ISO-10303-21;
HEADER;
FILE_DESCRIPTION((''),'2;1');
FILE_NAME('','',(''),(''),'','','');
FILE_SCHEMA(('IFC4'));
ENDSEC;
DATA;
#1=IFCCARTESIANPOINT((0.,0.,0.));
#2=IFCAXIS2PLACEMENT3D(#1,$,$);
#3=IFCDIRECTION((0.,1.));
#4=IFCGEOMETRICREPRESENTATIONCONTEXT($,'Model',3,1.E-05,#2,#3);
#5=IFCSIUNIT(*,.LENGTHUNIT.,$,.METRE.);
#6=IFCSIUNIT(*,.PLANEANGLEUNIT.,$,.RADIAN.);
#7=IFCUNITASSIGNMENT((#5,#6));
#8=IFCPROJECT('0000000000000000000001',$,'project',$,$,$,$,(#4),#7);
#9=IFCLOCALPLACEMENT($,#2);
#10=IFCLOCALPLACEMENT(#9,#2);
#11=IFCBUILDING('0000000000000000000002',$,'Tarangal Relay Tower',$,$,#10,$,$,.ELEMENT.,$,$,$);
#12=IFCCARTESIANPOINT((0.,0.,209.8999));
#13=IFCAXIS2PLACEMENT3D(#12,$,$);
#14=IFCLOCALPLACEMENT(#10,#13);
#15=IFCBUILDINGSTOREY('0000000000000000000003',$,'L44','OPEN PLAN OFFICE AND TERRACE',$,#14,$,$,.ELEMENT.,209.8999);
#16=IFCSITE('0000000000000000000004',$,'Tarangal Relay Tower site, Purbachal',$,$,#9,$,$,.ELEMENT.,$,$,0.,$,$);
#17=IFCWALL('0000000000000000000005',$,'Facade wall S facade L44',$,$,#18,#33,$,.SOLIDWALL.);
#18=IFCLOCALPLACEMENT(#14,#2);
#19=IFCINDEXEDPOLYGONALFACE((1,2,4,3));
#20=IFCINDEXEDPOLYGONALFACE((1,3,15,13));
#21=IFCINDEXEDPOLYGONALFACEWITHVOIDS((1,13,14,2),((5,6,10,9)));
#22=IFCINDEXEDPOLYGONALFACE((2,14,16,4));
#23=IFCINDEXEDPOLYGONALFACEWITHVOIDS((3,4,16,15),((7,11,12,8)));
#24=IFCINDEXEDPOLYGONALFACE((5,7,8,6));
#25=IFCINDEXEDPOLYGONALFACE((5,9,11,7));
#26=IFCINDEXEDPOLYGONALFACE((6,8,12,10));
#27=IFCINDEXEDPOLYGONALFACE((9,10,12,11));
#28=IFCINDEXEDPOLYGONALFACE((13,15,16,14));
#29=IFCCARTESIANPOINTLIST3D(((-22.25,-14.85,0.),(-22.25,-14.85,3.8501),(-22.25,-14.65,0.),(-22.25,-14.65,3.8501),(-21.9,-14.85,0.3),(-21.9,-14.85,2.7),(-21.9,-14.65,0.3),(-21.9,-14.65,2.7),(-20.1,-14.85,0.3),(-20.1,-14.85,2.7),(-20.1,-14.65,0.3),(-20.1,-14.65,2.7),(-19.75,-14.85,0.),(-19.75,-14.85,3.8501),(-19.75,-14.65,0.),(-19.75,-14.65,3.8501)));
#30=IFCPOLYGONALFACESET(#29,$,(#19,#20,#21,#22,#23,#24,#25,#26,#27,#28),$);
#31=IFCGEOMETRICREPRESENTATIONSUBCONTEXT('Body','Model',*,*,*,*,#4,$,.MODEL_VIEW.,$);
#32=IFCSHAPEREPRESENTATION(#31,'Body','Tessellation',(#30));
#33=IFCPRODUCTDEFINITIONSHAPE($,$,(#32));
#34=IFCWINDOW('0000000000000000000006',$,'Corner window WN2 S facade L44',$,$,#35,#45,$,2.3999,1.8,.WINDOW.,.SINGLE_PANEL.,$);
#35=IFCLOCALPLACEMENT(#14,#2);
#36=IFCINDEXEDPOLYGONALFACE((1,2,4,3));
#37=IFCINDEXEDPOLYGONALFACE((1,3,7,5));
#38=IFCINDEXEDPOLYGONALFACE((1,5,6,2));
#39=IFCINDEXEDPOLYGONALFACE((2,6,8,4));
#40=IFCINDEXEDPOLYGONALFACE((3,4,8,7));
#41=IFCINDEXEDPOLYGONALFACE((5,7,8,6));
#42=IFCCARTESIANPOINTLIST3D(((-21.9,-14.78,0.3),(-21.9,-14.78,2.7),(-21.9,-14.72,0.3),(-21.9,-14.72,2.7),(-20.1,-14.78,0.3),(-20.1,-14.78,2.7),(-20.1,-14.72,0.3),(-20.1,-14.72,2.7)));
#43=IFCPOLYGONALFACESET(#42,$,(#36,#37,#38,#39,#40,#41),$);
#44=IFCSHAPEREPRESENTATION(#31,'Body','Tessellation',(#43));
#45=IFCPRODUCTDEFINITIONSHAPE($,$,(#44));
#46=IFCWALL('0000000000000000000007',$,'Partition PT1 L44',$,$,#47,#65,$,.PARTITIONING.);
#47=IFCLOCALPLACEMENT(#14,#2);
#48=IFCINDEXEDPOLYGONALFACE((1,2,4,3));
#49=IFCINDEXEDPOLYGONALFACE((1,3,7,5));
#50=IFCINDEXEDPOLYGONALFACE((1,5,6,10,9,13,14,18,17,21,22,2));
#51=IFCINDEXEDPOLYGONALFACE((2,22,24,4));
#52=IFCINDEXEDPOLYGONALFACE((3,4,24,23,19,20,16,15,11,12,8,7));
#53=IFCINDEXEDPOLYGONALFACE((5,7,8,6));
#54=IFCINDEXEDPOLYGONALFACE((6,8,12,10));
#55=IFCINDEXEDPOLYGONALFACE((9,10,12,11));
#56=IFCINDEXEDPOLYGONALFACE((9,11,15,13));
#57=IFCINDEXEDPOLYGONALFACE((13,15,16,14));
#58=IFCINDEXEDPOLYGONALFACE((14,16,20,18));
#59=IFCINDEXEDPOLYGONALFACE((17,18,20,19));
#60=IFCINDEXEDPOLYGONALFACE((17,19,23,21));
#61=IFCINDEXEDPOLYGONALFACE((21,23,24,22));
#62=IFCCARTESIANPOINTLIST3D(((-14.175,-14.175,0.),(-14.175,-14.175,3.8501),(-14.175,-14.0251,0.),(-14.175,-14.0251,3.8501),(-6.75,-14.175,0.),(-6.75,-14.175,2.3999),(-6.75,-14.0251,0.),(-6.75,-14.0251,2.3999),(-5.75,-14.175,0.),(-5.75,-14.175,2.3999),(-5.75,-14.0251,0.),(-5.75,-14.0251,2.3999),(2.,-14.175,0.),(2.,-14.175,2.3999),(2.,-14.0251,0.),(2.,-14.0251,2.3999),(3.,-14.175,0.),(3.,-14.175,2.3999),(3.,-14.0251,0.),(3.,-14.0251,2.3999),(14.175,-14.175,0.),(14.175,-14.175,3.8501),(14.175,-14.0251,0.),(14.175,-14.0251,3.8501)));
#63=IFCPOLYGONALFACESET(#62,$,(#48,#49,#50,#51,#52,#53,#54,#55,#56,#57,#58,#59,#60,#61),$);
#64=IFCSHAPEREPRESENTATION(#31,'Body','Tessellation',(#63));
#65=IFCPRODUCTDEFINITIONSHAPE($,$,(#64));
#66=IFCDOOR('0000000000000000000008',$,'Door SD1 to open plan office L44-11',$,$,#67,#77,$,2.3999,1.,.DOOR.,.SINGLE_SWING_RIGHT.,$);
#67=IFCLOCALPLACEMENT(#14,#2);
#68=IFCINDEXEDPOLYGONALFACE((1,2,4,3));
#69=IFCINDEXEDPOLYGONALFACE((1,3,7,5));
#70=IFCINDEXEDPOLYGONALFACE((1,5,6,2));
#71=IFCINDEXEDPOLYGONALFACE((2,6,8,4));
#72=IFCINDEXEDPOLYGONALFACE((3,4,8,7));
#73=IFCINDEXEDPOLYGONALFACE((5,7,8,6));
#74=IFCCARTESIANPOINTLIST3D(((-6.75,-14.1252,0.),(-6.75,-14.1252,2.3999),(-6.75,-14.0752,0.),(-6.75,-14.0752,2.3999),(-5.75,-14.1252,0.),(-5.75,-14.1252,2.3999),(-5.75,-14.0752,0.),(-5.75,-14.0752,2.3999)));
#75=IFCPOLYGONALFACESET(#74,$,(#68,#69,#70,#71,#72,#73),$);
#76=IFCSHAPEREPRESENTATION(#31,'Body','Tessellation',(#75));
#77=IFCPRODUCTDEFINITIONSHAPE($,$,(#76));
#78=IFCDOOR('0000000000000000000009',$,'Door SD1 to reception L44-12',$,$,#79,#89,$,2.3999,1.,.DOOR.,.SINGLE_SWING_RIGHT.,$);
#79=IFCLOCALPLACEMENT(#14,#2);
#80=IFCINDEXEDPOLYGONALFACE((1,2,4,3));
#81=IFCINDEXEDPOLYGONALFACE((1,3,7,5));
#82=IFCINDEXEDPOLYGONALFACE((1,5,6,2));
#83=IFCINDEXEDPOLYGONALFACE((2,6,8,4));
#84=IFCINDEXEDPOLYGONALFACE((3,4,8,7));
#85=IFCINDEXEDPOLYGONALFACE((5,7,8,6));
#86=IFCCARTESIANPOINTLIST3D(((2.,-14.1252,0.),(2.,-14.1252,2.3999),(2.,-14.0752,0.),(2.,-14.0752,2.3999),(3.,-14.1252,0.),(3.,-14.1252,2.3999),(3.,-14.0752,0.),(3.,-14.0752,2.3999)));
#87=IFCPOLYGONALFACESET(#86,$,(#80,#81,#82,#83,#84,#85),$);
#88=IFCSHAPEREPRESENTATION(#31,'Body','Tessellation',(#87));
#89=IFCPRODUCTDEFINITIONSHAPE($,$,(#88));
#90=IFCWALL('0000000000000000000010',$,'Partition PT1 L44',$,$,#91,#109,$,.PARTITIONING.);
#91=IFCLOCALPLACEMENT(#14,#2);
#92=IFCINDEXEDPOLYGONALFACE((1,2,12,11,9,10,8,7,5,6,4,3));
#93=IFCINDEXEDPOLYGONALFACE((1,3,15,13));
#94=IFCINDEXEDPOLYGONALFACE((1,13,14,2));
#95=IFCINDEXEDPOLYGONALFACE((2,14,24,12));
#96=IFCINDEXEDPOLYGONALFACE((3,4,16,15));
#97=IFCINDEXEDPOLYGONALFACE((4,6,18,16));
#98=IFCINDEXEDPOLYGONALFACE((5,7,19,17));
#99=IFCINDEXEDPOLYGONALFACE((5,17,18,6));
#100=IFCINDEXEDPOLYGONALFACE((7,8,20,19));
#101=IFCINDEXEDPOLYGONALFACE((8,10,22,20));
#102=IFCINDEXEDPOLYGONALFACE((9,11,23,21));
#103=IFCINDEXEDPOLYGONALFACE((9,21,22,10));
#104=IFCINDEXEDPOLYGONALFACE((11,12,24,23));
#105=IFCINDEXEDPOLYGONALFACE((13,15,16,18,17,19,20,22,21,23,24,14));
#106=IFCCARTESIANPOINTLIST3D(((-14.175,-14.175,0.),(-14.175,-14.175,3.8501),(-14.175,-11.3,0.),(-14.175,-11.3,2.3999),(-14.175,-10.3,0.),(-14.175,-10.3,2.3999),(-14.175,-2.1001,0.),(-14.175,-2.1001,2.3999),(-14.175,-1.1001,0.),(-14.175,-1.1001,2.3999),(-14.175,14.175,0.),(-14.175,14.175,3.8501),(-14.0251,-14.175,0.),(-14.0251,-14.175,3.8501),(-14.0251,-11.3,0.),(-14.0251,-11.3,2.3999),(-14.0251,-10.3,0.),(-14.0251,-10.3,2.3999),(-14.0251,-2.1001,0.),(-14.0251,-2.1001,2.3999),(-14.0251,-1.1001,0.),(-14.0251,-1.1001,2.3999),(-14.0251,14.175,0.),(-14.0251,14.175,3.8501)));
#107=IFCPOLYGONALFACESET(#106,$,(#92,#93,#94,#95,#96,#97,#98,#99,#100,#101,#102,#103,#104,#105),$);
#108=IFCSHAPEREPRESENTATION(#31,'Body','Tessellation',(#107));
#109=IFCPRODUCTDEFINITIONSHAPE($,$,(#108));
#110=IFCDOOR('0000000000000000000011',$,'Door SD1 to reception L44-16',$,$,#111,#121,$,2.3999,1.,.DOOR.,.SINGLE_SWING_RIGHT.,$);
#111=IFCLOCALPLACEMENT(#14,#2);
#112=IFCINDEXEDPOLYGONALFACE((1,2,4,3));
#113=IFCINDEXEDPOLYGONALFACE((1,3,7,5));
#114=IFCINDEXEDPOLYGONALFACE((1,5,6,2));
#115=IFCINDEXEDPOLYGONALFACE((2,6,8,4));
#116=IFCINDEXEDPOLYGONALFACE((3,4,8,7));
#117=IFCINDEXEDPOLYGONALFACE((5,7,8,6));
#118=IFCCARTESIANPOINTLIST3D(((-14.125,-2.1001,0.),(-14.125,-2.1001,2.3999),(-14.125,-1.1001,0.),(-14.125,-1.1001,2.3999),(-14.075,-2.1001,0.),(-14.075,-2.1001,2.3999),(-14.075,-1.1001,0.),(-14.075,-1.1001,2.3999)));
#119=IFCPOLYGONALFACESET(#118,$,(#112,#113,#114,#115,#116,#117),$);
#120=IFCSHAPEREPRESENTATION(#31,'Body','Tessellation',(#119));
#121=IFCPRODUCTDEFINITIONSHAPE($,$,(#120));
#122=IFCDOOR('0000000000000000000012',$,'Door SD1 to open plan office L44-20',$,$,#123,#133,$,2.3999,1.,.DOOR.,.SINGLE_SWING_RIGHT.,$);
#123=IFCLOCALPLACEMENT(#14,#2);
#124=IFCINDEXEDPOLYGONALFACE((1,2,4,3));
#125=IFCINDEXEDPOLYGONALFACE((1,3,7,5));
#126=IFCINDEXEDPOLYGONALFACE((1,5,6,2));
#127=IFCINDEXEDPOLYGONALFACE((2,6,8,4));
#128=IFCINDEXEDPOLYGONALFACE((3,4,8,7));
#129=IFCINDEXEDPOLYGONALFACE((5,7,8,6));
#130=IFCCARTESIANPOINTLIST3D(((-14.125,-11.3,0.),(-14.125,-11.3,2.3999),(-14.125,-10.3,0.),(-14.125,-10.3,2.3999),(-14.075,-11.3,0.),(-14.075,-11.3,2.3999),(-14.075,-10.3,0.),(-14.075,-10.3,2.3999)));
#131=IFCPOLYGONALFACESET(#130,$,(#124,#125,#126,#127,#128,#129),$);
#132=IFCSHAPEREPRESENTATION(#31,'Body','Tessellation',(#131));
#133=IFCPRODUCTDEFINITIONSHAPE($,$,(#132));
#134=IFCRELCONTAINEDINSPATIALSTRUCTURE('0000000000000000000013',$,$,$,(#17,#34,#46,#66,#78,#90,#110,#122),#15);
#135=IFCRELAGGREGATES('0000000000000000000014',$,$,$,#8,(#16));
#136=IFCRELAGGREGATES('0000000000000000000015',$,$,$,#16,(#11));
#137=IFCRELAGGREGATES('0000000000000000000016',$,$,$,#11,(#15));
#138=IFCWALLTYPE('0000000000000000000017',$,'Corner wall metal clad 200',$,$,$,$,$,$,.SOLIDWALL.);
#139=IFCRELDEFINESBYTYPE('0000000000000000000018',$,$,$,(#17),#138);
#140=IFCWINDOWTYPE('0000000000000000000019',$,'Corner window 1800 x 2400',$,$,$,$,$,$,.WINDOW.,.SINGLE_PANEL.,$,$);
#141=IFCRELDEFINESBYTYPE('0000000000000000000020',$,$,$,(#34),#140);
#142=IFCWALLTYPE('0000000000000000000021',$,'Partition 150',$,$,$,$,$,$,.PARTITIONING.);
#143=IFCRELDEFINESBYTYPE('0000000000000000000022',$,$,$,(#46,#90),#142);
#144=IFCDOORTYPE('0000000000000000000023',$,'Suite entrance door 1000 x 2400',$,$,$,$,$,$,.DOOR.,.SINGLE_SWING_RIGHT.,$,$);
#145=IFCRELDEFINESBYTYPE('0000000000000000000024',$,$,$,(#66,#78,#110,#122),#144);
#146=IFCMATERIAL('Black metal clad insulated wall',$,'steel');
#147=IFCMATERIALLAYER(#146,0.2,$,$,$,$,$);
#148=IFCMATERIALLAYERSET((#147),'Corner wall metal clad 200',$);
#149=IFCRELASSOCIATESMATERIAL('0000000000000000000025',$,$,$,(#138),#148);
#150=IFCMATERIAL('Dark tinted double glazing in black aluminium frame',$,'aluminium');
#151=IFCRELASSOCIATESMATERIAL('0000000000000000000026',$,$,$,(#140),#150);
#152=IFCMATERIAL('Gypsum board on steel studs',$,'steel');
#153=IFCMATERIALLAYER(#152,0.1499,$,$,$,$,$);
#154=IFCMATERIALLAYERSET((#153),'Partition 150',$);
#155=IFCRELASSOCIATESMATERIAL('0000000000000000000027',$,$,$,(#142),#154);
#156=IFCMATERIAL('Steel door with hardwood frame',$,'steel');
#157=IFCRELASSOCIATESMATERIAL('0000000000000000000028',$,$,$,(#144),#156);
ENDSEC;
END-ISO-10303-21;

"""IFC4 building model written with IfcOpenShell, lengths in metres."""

from ifc_helpers import new_model, si_unit, direction, frame, frame_2d, origin, place, context, subcontext, project, spatial, rectangle, extrude, material, layer, layer_set, type_object, element, fill, save


model = new_model("IFC4")

# Units and contexts
model_context = context("Model", 3, precision=1e-05, world=origin(), true_north=direction((0.0, 1.0)))
body_context = subcontext(model_context, "Body", "Model", "MODEL_VIEW")
ifc_project = project(units=[si_unit("LENGTHUNIT", "METRE"), si_unit("PLANEANGLEUNIT", "RADIAN")], contexts=[model_context])

# Site, building, storey
site_placement = place(None, origin())
site = spatial("IfcSite", under=ifc_project, at=site_placement, Name="Tarangal Relay Tower site, Purbachal", CompositionType="ELEMENT", RefElevation=0.0)
building_placement = place(site_placement, origin())
building = spatial("IfcBuilding", under=site, at=building_placement, Name="Tarangal Relay Tower", CompositionType="ELEMENT")
storey_placement = place(building_placement, frame((0.0, 0.0, 209.8999)))
storey = spatial("IfcBuildingStorey", under=building, at=storey_placement, Name="L44", Description="OPEN PLAN OFFICE AND TERRACE", CompositionType="ELEMENT", Elevation=209.8999)

# Shared definitions
ifc_material_1 = material(Name="Black metal clad insulated wall", Category="steel")
ifc_layer_1 = layer(ifc_material_1, 0.2)
ifc_layer_set_1 = layer_set([ifc_layer_1], Name="Corner wall metal clad 200")
wall_type_1 = type_object("IfcWallType", Name="Corner wall metal clad 200", PredefinedType="SOLIDWALL", material=ifc_layer_set_1)
ifc_material_2 = material(Name="Dark tinted double glazing in black aluminium frame", Category="aluminium")
window_type = type_object("IfcWindowType", Name="Corner window 1800 x 2400", PartitioningType="SINGLE_PANEL", PredefinedType="WINDOW", material=ifc_material_2)

# Wall, opening, window
wall_1_placement = place(storey_placement, frame((-19.75, -14.75, 0.0), z_axis=(0.0, 0.0, 1.0), x_axis=(-1.0, 0.0, 0.0)))
wall_1 = element("IfcWall", 1, at=wall_1_placement, inside=storey, type_object=wall_type_1, Name="Facade wall S facade L44", PredefinedType="SOLIDWALL", context=body_context, shape_type="SweptSolid", body=[
    extrude(rectangle(XDim=2.5, YDim=0.2, at=frame_2d((1.25, 0.0))), origin(), (0.0, 0.0, 1.0), 3.8501),
])
opening_1_placement = place(wall_1_placement, frame((0.3501, 0.0, 0.3)))
opening_1 = element("IfcOpeningElement", 2, at=opening_1_placement, cuts=wall_1, PredefinedType="OPENING", context=body_context, shape_type="SweptSolid", body=[
    extrude(rectangle(XDim=1.8, YDim=2.3999, at=frame_2d((0.8999, 1.2))), frame((0.0, 0.1099, 0.0), z_axis=(0.0, -1.0, 0.0), x_axis=(1.0, 0.0, 0.0)), (0.0, 0.0, 1.0), 0.22),
])
window_1_placement = place(opening_1_placement, origin())
window_1 = element("IfcWindow", 3, at=window_1_placement, inside=storey, type_object=window_type, Name="Corner window WN2 S facade L44", OverallHeight=2.3999, OverallWidth=1.8, PartitioningType="SINGLE_PANEL", PredefinedType="WINDOW", context=body_context, shape_type="SweptSolid", body=[
    extrude(rectangle(XDim=1.8, YDim=2.3999, at=frame_2d((0.8999, 1.2))), frame((0.0, 0.03, 0.0), z_axis=(0.0, -1.0, 0.0), x_axis=(1.0, 0.0, 0.0)), (0.0, 0.0, 1.0), 0.0601),
])
fill(opening_1, window_1)

# Walls, openings, doors
ifc_material_3 = material(Name="Gypsum board on steel studs", Category="steel")
ifc_layer_2 = layer(ifc_material_3, 0.1499)
ifc_layer_set_2 = layer_set([ifc_layer_2], Name="Partition 150")
wall_type_2 = type_object("IfcWallType", Name="Partition 150", PredefinedType="PARTITIONING", material=ifc_layer_set_2)
wall_2_placement = place(storey_placement, frame((-14.175, -14.1001, 0.0), z_axis=(0.0, 0.0, 1.0), x_axis=(1.0, 0.0, 0.0)))
wall_2 = element("IfcWall", 4, at=wall_2_placement, inside=storey, type_object=wall_type_2, Name="Partition PT1 L44", PredefinedType="PARTITIONING", context=body_context, shape_type="SweptSolid", body=[
    extrude(rectangle(XDim=28.3501, YDim=0.1499, at=frame_2d((14.175, 0.0))), origin(), (0.0, 0.0, 1.0), 3.8501),
])
opening_2_placement = place(wall_2_placement, frame((7.425, 0.0, 0.0)))
opening_2 = element("IfcOpeningElement", 5, at=opening_2_placement, cuts=wall_2, PredefinedType="OPENING", context=body_context, shape_type="SweptSolid", body=[
    extrude(rectangle(XDim=1.0, YDim=2.3999, at=frame_2d((0.5, 1.2))), frame((0.0, 0.085, 0.0), z_axis=(0.0, -1.0, 0.0), x_axis=(1.0, 0.0, 0.0)), (0.0, 0.0, 1.0), 0.1699),
])
opening_3_placement = place(wall_2_placement, frame((16.175, 0.0, 0.0)))
opening_3 = element("IfcOpeningElement", 6, at=opening_3_placement, cuts=wall_2, PredefinedType="OPENING", context=body_context, shape_type="SweptSolid", body=[
    extrude(rectangle(XDim=1.0, YDim=2.3999, at=frame_2d((0.5, 1.2))), frame((0.0, 0.085, 0.0), z_axis=(0.0, -1.0, 0.0), x_axis=(1.0, 0.0, 0.0)), (0.0, 0.0, 1.0), 0.1699),
])
ifc_material_4 = material(Name="Steel door with hardwood frame", Category="steel")
door_type = type_object("IfcDoorType", Name="Suite entrance door 1000 x 2400", OperationType="SINGLE_SWING_RIGHT", PredefinedType="DOOR", material=ifc_material_4)
door_1_placement = place(opening_2_placement, origin())
door_1 = element("IfcDoor", 7, at=door_1_placement, inside=storey, type_object=door_type, Name="Door SD1 to open plan office L44-11", OperationType="SINGLE_SWING_RIGHT", OverallHeight=2.3999, OverallWidth=1.0, PredefinedType="DOOR", context=body_context, shape_type="SweptSolid", body=[
    extrude(rectangle(XDim=1.0, YDim=2.3999, at=frame_2d((0.5, 1.2))), frame((0.0, 0.0249, 0.0), z_axis=(0.0, -1.0, 0.0), x_axis=(1.0, 0.0, 0.0)), (0.0, 0.0, 1.0), 0.05),
])
fill(opening_2, door_1)
door_2_placement = place(opening_3_placement, origin())
door_2 = element("IfcDoor", 8, at=door_2_placement, inside=storey, type_object=door_type, Name="Door SD1 to reception L44-12", OperationType="SINGLE_SWING_RIGHT", OverallHeight=2.3999, OverallWidth=1.0, PredefinedType="DOOR", context=body_context, shape_type="SweptSolid", body=[
    extrude(rectangle(XDim=1.0, YDim=2.3999, at=frame_2d((0.5, 1.2))), frame((0.0, 0.0249, 0.0), z_axis=(0.0, -1.0, 0.0), x_axis=(1.0, 0.0, 0.0)), (0.0, 0.0, 1.0), 0.05),
])
fill(opening_3, door_2)
wall_3_placement = place(storey_placement, frame((-14.1001, -14.175, 0.0), z_axis=(0.0, 0.0, 1.0), x_axis=(0.0, 1.0, 0.0)))
wall_3 = element("IfcWall", 9, at=wall_3_placement, inside=storey, type_object=wall_type_2, Name="Partition PT1 L44", PredefinedType="PARTITIONING", context=body_context, shape_type="SweptSolid", body=[
    extrude(rectangle(XDim=28.3501, YDim=0.1499, at=frame_2d((14.175, 0.0))), origin(), (0.0, 0.0, 1.0), 3.8501),
])
opening_4_placement = place(wall_3_placement, frame((12.075, 0.0, 0.0)))
opening_4 = element("IfcOpeningElement", 10, at=opening_4_placement, cuts=wall_3, PredefinedType="OPENING", context=body_context, shape_type="SweptSolid", body=[
    extrude(rectangle(XDim=1.0, YDim=2.3999, at=frame_2d((0.5, 1.2))), frame((0.0, 0.085, 0.0), z_axis=(0.0, -1.0, 0.0), x_axis=(1.0, 0.0, 0.0)), (0.0, 0.0, 1.0), 0.1699),
])
opening_5_placement = place(wall_3_placement, frame((2.875, 0.0, 0.0)))
opening_5 = element("IfcOpeningElement", 11, at=opening_5_placement, cuts=wall_3, PredefinedType="OPENING", context=body_context, shape_type="SweptSolid", body=[
    extrude(rectangle(XDim=1.0, YDim=2.3999, at=frame_2d((0.5, 1.2))), frame((0.0, 0.085, 0.0), z_axis=(0.0, -1.0, 0.0), x_axis=(1.0, 0.0, 0.0)), (0.0, 0.0, 1.0), 0.1699),
])
door_3_placement = place(opening_4_placement, origin())
door_3 = element("IfcDoor", 12, at=door_3_placement, inside=storey, type_object=door_type, Name="Door SD1 to reception L44-16", OperationType="SINGLE_SWING_RIGHT", OverallHeight=2.3999, OverallWidth=1.0, PredefinedType="DOOR", context=body_context, shape_type="SweptSolid", body=[
    extrude(rectangle(XDim=1.0, YDim=2.3999, at=frame_2d((0.5, 1.2))), frame((0.0, 0.0249, 0.0), z_axis=(0.0, -1.0, 0.0), x_axis=(1.0, 0.0, 0.0)), (0.0, 0.0, 1.0), 0.05),
])
fill(opening_4, door_3)
door_4_placement = place(opening_5_placement, origin())
door_4 = element("IfcDoor", 13, at=door_4_placement, inside=storey, type_object=door_type, Name="Door SD1 to open plan office L44-20", OperationType="SINGLE_SWING_RIGHT", OverallHeight=2.3999, OverallWidth=1.0, PredefinedType="DOOR", context=body_context, shape_type="SweptSolid", body=[
    extrude(rectangle(XDim=1.0, YDim=2.3999, at=frame_2d((0.5, 1.2))), frame((0.0, 0.0249, 0.0), z_axis=(0.0, -1.0, 0.0), x_axis=(1.0, 0.0, 0.0)), (0.0, 0.0, 1.0), 0.05),
])
fill(opening_5, door_4)

save(model, "model.ifc")
